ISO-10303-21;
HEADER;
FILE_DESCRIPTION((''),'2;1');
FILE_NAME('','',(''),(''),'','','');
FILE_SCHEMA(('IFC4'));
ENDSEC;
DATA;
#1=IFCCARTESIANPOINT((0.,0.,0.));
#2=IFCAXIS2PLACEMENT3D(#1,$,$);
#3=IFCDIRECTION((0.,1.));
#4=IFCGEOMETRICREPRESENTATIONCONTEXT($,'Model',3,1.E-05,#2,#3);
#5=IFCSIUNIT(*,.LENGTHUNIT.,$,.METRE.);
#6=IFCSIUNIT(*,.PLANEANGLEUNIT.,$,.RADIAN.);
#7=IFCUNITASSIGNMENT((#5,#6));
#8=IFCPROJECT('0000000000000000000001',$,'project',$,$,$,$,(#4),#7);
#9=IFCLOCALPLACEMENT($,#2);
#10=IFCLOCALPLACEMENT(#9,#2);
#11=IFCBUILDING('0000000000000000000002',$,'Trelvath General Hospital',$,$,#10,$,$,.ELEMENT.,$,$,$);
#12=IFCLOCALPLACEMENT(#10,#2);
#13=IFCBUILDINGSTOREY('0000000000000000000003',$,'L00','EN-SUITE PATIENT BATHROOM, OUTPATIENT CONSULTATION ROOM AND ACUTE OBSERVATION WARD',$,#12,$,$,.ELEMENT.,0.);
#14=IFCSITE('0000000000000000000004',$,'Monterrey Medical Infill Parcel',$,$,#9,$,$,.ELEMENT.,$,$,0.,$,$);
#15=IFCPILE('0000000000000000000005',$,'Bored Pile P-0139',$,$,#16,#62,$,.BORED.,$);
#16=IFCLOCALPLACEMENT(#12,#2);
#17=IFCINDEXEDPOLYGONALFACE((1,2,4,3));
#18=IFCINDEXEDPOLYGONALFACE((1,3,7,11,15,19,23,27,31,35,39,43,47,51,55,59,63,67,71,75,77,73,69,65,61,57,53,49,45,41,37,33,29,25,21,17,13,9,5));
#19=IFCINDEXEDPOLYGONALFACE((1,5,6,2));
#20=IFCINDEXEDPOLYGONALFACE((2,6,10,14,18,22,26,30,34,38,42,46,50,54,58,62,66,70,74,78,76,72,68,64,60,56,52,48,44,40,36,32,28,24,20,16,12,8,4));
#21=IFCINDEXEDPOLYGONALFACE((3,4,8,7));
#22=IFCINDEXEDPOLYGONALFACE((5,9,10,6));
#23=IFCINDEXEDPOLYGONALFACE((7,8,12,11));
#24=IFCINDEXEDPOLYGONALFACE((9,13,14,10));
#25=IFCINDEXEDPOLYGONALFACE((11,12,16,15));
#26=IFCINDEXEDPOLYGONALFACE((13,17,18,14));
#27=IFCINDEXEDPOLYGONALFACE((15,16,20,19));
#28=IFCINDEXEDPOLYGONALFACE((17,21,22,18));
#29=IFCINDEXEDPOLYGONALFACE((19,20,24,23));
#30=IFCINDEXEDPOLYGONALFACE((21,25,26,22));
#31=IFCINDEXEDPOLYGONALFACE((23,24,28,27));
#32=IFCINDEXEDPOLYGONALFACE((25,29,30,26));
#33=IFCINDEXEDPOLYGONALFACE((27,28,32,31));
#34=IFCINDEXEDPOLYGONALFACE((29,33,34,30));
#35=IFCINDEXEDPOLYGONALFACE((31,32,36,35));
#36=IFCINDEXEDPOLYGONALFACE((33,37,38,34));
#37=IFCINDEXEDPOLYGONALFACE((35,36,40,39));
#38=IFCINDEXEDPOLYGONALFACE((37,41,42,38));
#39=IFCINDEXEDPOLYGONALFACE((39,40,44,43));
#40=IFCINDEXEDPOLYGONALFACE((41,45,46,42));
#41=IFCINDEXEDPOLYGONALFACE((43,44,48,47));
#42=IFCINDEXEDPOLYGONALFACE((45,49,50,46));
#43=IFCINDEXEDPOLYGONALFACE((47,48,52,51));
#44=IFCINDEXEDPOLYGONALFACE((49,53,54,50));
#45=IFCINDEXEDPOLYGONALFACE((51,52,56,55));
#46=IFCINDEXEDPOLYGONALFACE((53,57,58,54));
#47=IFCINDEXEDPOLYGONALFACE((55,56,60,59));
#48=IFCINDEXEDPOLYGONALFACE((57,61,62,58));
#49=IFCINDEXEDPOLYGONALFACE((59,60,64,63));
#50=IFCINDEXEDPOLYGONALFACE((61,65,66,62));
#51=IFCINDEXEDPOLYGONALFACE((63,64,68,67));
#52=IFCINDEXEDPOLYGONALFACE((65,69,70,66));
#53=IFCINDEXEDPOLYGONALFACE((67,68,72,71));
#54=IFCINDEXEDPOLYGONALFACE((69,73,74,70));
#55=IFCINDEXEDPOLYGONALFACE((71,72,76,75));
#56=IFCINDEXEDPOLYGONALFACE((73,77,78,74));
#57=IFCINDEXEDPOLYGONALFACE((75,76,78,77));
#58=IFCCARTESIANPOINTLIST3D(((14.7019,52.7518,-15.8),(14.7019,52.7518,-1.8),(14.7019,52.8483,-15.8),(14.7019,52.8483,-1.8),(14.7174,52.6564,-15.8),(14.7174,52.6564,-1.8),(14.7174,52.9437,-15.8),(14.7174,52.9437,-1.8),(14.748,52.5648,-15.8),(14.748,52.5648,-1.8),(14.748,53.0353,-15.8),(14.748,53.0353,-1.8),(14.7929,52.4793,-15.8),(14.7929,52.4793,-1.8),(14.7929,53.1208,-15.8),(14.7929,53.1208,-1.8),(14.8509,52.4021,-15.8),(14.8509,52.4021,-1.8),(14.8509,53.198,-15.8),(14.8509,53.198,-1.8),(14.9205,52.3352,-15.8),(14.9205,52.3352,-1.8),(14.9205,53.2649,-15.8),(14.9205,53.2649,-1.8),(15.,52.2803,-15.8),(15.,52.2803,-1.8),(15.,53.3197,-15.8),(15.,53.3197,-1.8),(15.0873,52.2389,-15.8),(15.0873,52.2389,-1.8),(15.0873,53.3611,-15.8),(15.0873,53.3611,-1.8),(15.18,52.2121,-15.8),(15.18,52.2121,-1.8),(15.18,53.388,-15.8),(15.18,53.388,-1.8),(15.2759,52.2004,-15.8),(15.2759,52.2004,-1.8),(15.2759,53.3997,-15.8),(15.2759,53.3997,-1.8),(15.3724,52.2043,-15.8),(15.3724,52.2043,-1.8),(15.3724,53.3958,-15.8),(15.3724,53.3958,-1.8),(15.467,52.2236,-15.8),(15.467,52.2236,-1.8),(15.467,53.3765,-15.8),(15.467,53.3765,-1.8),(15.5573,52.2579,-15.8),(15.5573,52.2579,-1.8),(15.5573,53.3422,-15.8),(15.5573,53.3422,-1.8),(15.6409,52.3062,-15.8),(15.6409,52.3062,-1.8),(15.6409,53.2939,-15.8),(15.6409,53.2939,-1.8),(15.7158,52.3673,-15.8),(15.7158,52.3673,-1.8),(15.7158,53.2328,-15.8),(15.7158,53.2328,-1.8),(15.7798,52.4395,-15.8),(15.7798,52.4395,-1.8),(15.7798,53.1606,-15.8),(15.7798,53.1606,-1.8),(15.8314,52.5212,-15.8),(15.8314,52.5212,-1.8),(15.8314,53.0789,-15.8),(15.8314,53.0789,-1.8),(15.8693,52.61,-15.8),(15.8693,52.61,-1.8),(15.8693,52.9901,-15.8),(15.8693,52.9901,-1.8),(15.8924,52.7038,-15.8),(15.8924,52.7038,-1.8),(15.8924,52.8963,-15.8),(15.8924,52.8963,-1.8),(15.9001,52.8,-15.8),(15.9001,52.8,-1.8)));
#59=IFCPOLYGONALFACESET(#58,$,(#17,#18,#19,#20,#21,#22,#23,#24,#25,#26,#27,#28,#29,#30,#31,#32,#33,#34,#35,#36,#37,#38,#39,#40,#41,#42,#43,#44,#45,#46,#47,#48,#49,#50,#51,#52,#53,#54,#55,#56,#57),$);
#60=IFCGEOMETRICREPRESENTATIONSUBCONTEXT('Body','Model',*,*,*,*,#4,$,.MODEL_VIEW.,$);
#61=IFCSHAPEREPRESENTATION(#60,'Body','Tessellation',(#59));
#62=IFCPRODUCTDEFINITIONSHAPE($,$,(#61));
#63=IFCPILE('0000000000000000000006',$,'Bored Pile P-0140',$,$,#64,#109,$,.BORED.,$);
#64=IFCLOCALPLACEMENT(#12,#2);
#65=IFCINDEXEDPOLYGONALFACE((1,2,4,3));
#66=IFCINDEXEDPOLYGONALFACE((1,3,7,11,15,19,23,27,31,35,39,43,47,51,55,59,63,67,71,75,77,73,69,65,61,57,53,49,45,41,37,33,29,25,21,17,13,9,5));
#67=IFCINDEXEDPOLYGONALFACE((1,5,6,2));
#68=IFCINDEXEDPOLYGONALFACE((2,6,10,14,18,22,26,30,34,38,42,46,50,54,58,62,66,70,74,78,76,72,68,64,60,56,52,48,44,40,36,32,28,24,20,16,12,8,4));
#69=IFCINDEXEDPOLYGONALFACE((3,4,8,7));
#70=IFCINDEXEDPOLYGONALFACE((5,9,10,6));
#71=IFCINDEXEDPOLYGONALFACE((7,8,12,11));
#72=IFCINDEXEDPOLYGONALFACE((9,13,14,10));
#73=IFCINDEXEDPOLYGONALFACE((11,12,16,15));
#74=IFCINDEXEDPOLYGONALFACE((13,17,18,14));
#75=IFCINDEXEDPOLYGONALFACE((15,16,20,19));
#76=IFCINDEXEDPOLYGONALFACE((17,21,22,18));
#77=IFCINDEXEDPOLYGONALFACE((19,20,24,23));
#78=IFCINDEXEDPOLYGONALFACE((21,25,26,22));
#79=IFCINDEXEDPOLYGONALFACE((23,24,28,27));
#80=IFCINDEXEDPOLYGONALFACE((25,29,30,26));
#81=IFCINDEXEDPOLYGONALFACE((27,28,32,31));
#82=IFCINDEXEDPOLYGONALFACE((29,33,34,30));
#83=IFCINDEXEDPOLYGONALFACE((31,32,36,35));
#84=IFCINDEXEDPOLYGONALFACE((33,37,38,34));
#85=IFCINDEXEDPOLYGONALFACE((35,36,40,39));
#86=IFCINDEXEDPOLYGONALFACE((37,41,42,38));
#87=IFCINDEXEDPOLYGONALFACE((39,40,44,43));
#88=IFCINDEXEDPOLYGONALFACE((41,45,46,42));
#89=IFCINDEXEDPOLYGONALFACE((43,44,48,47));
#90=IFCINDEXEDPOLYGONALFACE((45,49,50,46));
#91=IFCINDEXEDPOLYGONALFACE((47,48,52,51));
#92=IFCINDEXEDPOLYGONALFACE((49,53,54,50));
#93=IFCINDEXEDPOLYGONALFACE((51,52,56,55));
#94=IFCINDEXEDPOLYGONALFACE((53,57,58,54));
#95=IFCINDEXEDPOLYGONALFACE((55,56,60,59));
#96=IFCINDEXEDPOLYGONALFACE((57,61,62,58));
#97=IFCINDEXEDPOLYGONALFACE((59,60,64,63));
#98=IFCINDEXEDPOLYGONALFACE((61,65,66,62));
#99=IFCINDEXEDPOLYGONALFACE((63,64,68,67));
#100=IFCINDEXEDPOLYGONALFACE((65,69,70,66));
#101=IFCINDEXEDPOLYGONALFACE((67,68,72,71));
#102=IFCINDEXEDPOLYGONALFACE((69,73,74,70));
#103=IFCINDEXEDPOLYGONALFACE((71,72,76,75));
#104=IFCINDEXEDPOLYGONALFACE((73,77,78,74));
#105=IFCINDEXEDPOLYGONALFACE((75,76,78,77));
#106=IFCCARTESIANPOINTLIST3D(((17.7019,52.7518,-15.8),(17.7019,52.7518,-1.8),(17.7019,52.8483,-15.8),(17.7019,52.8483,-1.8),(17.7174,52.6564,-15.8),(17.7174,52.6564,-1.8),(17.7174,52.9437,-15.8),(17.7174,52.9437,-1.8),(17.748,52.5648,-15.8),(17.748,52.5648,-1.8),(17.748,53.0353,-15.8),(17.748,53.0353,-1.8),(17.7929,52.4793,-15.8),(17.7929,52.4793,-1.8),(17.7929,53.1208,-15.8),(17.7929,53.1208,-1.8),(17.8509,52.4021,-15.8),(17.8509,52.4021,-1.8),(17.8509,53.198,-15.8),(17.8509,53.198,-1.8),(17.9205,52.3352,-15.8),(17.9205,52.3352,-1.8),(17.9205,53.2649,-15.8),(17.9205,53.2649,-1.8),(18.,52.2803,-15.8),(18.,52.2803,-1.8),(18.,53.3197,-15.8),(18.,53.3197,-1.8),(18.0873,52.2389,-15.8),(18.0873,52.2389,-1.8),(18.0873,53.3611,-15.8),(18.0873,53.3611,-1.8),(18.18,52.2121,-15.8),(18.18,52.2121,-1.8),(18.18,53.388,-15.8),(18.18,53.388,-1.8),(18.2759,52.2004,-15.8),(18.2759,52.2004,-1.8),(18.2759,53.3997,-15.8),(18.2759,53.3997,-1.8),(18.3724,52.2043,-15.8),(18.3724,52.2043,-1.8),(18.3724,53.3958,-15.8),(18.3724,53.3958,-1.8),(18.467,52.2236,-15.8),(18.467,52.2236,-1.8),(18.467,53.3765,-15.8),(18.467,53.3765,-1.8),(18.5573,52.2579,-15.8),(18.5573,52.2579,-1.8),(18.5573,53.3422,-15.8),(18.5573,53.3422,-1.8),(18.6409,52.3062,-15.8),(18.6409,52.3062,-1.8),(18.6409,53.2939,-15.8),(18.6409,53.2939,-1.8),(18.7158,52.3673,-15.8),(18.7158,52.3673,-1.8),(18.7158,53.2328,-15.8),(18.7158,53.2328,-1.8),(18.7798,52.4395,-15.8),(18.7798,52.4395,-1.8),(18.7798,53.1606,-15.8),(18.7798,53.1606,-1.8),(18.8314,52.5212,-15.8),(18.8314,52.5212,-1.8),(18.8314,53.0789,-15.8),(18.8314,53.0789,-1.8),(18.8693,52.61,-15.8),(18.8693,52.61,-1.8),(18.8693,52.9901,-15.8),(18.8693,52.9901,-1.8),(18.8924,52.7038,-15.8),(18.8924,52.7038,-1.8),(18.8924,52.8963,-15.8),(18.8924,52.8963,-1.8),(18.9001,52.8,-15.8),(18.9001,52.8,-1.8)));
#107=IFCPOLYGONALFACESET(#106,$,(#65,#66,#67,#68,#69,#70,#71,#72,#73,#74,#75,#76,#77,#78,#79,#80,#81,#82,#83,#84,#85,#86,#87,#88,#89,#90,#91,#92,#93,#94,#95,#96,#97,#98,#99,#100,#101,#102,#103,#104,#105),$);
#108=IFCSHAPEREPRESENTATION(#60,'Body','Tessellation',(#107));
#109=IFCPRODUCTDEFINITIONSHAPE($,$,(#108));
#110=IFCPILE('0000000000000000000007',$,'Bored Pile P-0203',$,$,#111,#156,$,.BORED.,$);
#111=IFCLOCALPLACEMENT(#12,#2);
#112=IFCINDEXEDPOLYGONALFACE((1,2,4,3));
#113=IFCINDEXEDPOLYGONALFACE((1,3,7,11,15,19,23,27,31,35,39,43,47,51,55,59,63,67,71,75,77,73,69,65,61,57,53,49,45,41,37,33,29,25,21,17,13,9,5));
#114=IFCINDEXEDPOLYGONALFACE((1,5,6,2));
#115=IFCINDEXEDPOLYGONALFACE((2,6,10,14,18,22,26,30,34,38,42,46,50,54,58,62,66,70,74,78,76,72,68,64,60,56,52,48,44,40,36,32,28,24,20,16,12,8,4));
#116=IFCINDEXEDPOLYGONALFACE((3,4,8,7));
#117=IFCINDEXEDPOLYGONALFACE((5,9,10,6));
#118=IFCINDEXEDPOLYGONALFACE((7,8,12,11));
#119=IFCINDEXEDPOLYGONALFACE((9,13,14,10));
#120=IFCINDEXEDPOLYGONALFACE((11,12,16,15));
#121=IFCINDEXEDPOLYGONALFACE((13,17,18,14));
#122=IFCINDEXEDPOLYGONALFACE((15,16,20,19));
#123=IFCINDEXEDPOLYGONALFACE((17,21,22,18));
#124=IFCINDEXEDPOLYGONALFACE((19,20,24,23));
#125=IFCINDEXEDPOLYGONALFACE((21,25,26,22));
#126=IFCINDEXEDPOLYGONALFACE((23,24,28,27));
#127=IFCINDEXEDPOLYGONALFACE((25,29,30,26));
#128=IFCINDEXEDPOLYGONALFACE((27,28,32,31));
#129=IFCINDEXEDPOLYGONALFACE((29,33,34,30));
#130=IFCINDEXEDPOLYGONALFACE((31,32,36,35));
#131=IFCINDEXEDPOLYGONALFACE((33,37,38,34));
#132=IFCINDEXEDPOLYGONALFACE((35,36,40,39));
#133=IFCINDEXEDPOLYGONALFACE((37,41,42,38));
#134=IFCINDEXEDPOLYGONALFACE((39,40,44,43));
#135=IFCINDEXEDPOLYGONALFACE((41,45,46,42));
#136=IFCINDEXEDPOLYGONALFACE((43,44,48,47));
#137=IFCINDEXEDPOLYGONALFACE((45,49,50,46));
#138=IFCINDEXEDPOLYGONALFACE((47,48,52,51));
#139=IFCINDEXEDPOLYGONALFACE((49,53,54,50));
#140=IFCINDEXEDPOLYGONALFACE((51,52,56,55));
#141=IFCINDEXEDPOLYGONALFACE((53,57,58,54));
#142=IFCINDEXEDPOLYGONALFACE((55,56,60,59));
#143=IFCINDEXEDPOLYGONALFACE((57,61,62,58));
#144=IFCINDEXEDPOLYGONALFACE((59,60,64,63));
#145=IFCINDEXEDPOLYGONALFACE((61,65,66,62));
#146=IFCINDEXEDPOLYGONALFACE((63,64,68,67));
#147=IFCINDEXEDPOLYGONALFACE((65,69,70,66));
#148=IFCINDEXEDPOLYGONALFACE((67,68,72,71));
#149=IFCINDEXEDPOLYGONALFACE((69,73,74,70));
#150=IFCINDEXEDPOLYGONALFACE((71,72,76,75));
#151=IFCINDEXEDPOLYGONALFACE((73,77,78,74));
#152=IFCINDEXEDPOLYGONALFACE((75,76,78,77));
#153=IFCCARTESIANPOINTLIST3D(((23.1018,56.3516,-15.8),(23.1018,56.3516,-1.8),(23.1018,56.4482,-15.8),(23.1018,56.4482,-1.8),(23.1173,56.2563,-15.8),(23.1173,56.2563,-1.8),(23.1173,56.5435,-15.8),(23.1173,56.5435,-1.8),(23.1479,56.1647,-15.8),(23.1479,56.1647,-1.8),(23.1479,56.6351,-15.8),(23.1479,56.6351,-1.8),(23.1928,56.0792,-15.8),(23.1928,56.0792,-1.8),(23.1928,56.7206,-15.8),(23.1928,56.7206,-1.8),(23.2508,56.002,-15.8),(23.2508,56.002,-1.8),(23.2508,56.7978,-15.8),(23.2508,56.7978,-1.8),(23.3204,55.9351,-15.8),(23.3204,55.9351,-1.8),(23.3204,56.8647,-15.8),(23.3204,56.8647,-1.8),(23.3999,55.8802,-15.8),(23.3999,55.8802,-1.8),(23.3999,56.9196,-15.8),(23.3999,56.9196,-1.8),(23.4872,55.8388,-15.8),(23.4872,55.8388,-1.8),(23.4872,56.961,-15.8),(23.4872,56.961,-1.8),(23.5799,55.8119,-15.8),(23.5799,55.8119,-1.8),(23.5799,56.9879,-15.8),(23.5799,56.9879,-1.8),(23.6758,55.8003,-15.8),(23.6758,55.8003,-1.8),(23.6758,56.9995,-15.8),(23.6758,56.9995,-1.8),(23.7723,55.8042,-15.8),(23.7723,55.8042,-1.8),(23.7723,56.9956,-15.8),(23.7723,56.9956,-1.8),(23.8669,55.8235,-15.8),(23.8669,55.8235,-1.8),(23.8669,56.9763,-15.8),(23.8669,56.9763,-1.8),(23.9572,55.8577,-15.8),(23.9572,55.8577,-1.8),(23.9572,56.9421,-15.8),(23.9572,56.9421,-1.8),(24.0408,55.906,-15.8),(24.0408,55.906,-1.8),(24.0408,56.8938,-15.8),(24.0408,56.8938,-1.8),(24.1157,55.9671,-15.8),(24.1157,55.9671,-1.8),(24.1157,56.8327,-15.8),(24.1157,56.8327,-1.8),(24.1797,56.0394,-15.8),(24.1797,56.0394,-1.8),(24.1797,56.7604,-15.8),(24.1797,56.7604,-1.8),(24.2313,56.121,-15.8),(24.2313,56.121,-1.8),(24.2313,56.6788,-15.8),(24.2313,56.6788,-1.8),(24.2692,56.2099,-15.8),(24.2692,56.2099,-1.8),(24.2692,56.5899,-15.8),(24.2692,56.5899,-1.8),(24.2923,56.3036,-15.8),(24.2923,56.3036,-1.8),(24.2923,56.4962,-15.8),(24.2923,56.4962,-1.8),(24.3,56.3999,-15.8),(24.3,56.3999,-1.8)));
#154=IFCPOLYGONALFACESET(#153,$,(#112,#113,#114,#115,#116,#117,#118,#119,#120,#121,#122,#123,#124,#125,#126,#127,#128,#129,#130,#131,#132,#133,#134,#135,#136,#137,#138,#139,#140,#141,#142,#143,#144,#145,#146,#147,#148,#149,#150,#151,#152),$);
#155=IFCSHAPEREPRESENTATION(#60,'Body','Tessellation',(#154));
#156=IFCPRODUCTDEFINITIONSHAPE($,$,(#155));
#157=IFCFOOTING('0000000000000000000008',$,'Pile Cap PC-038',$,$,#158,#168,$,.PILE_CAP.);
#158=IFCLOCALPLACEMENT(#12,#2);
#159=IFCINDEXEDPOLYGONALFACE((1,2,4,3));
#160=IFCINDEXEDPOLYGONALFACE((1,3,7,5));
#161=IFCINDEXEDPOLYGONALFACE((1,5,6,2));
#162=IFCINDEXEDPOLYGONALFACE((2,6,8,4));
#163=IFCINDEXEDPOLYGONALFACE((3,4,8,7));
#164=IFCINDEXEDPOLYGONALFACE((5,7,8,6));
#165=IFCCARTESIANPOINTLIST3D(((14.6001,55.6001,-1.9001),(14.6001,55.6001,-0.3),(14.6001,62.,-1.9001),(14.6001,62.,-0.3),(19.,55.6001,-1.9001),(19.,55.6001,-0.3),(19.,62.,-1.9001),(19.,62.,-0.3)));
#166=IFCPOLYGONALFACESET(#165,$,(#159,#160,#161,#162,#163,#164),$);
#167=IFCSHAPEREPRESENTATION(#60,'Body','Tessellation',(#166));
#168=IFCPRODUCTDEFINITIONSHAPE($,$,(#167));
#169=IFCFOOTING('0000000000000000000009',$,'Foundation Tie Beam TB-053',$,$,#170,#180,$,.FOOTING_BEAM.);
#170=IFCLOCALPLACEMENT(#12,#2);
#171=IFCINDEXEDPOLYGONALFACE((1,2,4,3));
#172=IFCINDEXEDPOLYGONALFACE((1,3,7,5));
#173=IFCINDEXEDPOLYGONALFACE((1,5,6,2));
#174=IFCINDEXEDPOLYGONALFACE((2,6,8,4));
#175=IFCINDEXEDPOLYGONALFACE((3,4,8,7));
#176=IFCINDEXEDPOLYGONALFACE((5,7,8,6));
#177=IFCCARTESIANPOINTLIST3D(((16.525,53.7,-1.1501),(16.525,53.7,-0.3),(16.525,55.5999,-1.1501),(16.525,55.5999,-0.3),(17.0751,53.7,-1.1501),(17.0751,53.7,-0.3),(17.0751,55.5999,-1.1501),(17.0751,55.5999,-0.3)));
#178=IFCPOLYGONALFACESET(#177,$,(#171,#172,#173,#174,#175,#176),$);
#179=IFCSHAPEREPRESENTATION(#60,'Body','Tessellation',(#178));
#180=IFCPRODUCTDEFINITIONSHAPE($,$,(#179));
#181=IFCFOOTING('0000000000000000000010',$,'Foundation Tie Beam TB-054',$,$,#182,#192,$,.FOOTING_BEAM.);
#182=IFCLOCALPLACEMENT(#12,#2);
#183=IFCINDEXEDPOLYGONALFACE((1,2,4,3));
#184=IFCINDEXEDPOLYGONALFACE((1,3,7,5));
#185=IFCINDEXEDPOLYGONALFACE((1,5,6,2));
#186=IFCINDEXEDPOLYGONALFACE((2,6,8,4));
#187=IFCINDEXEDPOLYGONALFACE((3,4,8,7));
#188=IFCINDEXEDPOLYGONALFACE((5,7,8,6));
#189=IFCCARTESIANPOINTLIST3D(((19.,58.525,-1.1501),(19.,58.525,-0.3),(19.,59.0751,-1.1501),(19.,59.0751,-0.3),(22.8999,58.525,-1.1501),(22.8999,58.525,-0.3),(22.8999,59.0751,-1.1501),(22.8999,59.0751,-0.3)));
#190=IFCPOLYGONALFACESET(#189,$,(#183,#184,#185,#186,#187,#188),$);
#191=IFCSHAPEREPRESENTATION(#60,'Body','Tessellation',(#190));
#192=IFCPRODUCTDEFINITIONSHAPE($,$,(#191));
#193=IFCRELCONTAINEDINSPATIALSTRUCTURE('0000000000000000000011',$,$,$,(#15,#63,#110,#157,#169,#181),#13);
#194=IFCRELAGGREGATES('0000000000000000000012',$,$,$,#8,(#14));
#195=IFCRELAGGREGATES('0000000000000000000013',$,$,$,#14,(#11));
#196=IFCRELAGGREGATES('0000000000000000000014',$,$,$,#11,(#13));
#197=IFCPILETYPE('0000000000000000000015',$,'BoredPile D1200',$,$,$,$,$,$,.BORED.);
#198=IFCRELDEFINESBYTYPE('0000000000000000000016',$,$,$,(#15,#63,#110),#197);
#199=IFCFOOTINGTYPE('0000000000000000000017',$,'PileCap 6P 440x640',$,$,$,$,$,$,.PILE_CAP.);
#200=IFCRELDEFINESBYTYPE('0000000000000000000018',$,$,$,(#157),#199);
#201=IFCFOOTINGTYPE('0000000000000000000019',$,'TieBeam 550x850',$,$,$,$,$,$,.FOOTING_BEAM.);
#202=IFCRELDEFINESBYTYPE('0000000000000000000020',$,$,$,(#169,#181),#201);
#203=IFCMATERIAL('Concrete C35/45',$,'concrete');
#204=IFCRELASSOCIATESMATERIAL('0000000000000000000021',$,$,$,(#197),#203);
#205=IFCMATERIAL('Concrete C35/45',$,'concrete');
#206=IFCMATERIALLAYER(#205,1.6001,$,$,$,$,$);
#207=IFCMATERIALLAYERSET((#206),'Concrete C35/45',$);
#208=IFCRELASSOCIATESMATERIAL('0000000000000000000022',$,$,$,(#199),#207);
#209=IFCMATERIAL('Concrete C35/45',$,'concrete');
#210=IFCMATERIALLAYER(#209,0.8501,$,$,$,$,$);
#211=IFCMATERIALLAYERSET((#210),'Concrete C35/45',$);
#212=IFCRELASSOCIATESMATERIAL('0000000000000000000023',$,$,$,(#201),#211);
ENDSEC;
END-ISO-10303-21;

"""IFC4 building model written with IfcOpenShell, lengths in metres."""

from ifc_helpers import new_model, si_unit, direction, frame, origin, origin_2d, place, context, subcontext, project, spatial, rectangle, circle, extrude, material, layer, layer_set, material_profile, profile_set, type_object, element, save


model = new_model("IFC4")

# Units and contexts
model_context = context("Model", 3, precision=1e-05, world=origin(), true_north=direction((0.0, 1.0)))
body_context = subcontext(model_context, "Body", "Model", "MODEL_VIEW")
ifc_project = project(units=[si_unit("LENGTHUNIT", "METRE"), si_unit("PLANEANGLEUNIT", "RADIAN")], contexts=[model_context])

# Site, building, storey
site_placement = place(None, origin())
site = spatial("IfcSite", under=ifc_project, at=site_placement, Name="Monterrey Medical Infill Parcel", CompositionType="ELEMENT", RefElevation=0.0)
building_placement = place(site_placement, origin())
building = spatial("IfcBuilding", under=site, at=building_placement, Name="Trelvath General Hospital", CompositionType="ELEMENT")
storey_placement = place(building_placement, origin())
storey = spatial("IfcBuildingStorey", under=building, at=storey_placement, Name="L00", Description="EN-SUITE PATIENT BATHROOM, OUTPATIENT CONSULTATION ROOM AND ACUTE OBSERVATION WARD", CompositionType="ELEMENT", Elevation=0.0)

# Piles
ifc_material_1 = material(Name="Concrete C35/45", Category="concrete")
ifc_material_profile_1 = material_profile(ifc_material_1, circle(Radius=0.6001, at=origin_2d()), Name="PILE1200")
ifc_profile_set_1 = profile_set([ifc_material_profile_1], Name="Concrete C35/45")
pile_type_1 = type_object("IfcPileType", Name="BoredPile D1200", PredefinedType="BORED", material=ifc_profile_set_1)
for number, where, z_axis, x_axis, name in (
    (1, (15.3, 52.8, -1.8), (0.0, 0.0, -1.0), (1.0, 0.0, 0.0), "Bored Pile P-0139"),
    (2, (18.3, 52.8, -1.8), (0.0, 0.0, -1.0), (1.0, 0.0, 0.0), "Bored Pile P-0140"),
    (3, (23.7, 56.3999, -1.8), (0.0, 0.0, -1.0), (1.0, 0.0, 0.0), "Bored Pile P-0203"),
):
    element("IfcPile", number, at=place(storey_placement, frame(where, z_axis=z_axis, x_axis=x_axis)), inside=storey, type_object=pile_type_1, Name=name, PredefinedType="BORED", context=body_context, shape_type="SweptSolid", body=[
        extrude(circle(Radius=0.6001, at=origin_2d()), origin(), (0.0, 0.0, 1.0), 14.0),
    ])

# Footings
ifc_material_2 = material(Name="Concrete C35/45", Category="concrete")
ifc_layer_1 = layer(ifc_material_2, 1.6001)
ifc_layer_set_1 = layer_set([ifc_layer_1], Name="Concrete C35/45")
footing_type_1 = type_object("IfcFootingType", Name="PileCap 6P 440x640", PredefinedType="PILE_CAP", material=ifc_layer_set_1)
footing_1_placement = place(storey_placement, frame((16.8, 58.8, -1.9001), z_axis=(0.0, 0.0, 1.0), x_axis=(1.0, 0.0, 0.0)))
element("IfcFooting", 4, at=footing_1_placement, inside=storey, type_object=footing_type_1, Name="Pile Cap PC-038", PredefinedType="PILE_CAP", context=body_context, shape_type="SweptSolid", body=[
    extrude(rectangle(XDim=4.3999, YDim=6.3999, at=origin_2d()), origin(), (0.0, 0.0, 1.0), 1.6001),
])
ifc_material_3 = material(Name="Concrete C35/45", Category="concrete")
ifc_layer_2 = layer(ifc_material_3, 0.8501)
ifc_layer_set_2 = layer_set([ifc_layer_2], Name="Concrete C35/45")
footing_type_2 = type_object("IfcFootingType", Name="TieBeam 550x850", PredefinedType="FOOTING_BEAM", material=ifc_layer_set_2)
footing_2_placement = place(storey_placement, frame((16.8, 54.6499, -1.1501), z_axis=(0.0, 0.0, 1.0), x_axis=(1.0, 0.0, 0.0)))
element("IfcFooting", 5, at=footing_2_placement, inside=storey, type_object=footing_type_2, Name="Foundation Tie Beam TB-053", PredefinedType="FOOTING_BEAM", context=body_context, shape_type="SweptSolid", body=[
    extrude(rectangle(XDim=0.55, YDim=1.8999, at=origin_2d()), origin(), (0.0, 0.0, 1.0), 0.8501),
])
footing_3_placement = place(storey_placement, frame((20.95, 58.8, -1.1501), z_axis=(0.0, 0.0, 1.0), x_axis=(1.0, 0.0, 0.0)))
element("IfcFooting", 6, at=footing_3_placement, inside=storey, type_object=footing_type_2, Name="Foundation Tie Beam TB-054", PredefinedType="FOOTING_BEAM", context=body_context, shape_type="SweptSolid", body=[
    extrude(rectangle(XDim=3.8999, YDim=0.55, at=origin_2d()), origin(), (0.0, 0.0, 1.0), 0.8501),
])

save(model, "model.ifc")
